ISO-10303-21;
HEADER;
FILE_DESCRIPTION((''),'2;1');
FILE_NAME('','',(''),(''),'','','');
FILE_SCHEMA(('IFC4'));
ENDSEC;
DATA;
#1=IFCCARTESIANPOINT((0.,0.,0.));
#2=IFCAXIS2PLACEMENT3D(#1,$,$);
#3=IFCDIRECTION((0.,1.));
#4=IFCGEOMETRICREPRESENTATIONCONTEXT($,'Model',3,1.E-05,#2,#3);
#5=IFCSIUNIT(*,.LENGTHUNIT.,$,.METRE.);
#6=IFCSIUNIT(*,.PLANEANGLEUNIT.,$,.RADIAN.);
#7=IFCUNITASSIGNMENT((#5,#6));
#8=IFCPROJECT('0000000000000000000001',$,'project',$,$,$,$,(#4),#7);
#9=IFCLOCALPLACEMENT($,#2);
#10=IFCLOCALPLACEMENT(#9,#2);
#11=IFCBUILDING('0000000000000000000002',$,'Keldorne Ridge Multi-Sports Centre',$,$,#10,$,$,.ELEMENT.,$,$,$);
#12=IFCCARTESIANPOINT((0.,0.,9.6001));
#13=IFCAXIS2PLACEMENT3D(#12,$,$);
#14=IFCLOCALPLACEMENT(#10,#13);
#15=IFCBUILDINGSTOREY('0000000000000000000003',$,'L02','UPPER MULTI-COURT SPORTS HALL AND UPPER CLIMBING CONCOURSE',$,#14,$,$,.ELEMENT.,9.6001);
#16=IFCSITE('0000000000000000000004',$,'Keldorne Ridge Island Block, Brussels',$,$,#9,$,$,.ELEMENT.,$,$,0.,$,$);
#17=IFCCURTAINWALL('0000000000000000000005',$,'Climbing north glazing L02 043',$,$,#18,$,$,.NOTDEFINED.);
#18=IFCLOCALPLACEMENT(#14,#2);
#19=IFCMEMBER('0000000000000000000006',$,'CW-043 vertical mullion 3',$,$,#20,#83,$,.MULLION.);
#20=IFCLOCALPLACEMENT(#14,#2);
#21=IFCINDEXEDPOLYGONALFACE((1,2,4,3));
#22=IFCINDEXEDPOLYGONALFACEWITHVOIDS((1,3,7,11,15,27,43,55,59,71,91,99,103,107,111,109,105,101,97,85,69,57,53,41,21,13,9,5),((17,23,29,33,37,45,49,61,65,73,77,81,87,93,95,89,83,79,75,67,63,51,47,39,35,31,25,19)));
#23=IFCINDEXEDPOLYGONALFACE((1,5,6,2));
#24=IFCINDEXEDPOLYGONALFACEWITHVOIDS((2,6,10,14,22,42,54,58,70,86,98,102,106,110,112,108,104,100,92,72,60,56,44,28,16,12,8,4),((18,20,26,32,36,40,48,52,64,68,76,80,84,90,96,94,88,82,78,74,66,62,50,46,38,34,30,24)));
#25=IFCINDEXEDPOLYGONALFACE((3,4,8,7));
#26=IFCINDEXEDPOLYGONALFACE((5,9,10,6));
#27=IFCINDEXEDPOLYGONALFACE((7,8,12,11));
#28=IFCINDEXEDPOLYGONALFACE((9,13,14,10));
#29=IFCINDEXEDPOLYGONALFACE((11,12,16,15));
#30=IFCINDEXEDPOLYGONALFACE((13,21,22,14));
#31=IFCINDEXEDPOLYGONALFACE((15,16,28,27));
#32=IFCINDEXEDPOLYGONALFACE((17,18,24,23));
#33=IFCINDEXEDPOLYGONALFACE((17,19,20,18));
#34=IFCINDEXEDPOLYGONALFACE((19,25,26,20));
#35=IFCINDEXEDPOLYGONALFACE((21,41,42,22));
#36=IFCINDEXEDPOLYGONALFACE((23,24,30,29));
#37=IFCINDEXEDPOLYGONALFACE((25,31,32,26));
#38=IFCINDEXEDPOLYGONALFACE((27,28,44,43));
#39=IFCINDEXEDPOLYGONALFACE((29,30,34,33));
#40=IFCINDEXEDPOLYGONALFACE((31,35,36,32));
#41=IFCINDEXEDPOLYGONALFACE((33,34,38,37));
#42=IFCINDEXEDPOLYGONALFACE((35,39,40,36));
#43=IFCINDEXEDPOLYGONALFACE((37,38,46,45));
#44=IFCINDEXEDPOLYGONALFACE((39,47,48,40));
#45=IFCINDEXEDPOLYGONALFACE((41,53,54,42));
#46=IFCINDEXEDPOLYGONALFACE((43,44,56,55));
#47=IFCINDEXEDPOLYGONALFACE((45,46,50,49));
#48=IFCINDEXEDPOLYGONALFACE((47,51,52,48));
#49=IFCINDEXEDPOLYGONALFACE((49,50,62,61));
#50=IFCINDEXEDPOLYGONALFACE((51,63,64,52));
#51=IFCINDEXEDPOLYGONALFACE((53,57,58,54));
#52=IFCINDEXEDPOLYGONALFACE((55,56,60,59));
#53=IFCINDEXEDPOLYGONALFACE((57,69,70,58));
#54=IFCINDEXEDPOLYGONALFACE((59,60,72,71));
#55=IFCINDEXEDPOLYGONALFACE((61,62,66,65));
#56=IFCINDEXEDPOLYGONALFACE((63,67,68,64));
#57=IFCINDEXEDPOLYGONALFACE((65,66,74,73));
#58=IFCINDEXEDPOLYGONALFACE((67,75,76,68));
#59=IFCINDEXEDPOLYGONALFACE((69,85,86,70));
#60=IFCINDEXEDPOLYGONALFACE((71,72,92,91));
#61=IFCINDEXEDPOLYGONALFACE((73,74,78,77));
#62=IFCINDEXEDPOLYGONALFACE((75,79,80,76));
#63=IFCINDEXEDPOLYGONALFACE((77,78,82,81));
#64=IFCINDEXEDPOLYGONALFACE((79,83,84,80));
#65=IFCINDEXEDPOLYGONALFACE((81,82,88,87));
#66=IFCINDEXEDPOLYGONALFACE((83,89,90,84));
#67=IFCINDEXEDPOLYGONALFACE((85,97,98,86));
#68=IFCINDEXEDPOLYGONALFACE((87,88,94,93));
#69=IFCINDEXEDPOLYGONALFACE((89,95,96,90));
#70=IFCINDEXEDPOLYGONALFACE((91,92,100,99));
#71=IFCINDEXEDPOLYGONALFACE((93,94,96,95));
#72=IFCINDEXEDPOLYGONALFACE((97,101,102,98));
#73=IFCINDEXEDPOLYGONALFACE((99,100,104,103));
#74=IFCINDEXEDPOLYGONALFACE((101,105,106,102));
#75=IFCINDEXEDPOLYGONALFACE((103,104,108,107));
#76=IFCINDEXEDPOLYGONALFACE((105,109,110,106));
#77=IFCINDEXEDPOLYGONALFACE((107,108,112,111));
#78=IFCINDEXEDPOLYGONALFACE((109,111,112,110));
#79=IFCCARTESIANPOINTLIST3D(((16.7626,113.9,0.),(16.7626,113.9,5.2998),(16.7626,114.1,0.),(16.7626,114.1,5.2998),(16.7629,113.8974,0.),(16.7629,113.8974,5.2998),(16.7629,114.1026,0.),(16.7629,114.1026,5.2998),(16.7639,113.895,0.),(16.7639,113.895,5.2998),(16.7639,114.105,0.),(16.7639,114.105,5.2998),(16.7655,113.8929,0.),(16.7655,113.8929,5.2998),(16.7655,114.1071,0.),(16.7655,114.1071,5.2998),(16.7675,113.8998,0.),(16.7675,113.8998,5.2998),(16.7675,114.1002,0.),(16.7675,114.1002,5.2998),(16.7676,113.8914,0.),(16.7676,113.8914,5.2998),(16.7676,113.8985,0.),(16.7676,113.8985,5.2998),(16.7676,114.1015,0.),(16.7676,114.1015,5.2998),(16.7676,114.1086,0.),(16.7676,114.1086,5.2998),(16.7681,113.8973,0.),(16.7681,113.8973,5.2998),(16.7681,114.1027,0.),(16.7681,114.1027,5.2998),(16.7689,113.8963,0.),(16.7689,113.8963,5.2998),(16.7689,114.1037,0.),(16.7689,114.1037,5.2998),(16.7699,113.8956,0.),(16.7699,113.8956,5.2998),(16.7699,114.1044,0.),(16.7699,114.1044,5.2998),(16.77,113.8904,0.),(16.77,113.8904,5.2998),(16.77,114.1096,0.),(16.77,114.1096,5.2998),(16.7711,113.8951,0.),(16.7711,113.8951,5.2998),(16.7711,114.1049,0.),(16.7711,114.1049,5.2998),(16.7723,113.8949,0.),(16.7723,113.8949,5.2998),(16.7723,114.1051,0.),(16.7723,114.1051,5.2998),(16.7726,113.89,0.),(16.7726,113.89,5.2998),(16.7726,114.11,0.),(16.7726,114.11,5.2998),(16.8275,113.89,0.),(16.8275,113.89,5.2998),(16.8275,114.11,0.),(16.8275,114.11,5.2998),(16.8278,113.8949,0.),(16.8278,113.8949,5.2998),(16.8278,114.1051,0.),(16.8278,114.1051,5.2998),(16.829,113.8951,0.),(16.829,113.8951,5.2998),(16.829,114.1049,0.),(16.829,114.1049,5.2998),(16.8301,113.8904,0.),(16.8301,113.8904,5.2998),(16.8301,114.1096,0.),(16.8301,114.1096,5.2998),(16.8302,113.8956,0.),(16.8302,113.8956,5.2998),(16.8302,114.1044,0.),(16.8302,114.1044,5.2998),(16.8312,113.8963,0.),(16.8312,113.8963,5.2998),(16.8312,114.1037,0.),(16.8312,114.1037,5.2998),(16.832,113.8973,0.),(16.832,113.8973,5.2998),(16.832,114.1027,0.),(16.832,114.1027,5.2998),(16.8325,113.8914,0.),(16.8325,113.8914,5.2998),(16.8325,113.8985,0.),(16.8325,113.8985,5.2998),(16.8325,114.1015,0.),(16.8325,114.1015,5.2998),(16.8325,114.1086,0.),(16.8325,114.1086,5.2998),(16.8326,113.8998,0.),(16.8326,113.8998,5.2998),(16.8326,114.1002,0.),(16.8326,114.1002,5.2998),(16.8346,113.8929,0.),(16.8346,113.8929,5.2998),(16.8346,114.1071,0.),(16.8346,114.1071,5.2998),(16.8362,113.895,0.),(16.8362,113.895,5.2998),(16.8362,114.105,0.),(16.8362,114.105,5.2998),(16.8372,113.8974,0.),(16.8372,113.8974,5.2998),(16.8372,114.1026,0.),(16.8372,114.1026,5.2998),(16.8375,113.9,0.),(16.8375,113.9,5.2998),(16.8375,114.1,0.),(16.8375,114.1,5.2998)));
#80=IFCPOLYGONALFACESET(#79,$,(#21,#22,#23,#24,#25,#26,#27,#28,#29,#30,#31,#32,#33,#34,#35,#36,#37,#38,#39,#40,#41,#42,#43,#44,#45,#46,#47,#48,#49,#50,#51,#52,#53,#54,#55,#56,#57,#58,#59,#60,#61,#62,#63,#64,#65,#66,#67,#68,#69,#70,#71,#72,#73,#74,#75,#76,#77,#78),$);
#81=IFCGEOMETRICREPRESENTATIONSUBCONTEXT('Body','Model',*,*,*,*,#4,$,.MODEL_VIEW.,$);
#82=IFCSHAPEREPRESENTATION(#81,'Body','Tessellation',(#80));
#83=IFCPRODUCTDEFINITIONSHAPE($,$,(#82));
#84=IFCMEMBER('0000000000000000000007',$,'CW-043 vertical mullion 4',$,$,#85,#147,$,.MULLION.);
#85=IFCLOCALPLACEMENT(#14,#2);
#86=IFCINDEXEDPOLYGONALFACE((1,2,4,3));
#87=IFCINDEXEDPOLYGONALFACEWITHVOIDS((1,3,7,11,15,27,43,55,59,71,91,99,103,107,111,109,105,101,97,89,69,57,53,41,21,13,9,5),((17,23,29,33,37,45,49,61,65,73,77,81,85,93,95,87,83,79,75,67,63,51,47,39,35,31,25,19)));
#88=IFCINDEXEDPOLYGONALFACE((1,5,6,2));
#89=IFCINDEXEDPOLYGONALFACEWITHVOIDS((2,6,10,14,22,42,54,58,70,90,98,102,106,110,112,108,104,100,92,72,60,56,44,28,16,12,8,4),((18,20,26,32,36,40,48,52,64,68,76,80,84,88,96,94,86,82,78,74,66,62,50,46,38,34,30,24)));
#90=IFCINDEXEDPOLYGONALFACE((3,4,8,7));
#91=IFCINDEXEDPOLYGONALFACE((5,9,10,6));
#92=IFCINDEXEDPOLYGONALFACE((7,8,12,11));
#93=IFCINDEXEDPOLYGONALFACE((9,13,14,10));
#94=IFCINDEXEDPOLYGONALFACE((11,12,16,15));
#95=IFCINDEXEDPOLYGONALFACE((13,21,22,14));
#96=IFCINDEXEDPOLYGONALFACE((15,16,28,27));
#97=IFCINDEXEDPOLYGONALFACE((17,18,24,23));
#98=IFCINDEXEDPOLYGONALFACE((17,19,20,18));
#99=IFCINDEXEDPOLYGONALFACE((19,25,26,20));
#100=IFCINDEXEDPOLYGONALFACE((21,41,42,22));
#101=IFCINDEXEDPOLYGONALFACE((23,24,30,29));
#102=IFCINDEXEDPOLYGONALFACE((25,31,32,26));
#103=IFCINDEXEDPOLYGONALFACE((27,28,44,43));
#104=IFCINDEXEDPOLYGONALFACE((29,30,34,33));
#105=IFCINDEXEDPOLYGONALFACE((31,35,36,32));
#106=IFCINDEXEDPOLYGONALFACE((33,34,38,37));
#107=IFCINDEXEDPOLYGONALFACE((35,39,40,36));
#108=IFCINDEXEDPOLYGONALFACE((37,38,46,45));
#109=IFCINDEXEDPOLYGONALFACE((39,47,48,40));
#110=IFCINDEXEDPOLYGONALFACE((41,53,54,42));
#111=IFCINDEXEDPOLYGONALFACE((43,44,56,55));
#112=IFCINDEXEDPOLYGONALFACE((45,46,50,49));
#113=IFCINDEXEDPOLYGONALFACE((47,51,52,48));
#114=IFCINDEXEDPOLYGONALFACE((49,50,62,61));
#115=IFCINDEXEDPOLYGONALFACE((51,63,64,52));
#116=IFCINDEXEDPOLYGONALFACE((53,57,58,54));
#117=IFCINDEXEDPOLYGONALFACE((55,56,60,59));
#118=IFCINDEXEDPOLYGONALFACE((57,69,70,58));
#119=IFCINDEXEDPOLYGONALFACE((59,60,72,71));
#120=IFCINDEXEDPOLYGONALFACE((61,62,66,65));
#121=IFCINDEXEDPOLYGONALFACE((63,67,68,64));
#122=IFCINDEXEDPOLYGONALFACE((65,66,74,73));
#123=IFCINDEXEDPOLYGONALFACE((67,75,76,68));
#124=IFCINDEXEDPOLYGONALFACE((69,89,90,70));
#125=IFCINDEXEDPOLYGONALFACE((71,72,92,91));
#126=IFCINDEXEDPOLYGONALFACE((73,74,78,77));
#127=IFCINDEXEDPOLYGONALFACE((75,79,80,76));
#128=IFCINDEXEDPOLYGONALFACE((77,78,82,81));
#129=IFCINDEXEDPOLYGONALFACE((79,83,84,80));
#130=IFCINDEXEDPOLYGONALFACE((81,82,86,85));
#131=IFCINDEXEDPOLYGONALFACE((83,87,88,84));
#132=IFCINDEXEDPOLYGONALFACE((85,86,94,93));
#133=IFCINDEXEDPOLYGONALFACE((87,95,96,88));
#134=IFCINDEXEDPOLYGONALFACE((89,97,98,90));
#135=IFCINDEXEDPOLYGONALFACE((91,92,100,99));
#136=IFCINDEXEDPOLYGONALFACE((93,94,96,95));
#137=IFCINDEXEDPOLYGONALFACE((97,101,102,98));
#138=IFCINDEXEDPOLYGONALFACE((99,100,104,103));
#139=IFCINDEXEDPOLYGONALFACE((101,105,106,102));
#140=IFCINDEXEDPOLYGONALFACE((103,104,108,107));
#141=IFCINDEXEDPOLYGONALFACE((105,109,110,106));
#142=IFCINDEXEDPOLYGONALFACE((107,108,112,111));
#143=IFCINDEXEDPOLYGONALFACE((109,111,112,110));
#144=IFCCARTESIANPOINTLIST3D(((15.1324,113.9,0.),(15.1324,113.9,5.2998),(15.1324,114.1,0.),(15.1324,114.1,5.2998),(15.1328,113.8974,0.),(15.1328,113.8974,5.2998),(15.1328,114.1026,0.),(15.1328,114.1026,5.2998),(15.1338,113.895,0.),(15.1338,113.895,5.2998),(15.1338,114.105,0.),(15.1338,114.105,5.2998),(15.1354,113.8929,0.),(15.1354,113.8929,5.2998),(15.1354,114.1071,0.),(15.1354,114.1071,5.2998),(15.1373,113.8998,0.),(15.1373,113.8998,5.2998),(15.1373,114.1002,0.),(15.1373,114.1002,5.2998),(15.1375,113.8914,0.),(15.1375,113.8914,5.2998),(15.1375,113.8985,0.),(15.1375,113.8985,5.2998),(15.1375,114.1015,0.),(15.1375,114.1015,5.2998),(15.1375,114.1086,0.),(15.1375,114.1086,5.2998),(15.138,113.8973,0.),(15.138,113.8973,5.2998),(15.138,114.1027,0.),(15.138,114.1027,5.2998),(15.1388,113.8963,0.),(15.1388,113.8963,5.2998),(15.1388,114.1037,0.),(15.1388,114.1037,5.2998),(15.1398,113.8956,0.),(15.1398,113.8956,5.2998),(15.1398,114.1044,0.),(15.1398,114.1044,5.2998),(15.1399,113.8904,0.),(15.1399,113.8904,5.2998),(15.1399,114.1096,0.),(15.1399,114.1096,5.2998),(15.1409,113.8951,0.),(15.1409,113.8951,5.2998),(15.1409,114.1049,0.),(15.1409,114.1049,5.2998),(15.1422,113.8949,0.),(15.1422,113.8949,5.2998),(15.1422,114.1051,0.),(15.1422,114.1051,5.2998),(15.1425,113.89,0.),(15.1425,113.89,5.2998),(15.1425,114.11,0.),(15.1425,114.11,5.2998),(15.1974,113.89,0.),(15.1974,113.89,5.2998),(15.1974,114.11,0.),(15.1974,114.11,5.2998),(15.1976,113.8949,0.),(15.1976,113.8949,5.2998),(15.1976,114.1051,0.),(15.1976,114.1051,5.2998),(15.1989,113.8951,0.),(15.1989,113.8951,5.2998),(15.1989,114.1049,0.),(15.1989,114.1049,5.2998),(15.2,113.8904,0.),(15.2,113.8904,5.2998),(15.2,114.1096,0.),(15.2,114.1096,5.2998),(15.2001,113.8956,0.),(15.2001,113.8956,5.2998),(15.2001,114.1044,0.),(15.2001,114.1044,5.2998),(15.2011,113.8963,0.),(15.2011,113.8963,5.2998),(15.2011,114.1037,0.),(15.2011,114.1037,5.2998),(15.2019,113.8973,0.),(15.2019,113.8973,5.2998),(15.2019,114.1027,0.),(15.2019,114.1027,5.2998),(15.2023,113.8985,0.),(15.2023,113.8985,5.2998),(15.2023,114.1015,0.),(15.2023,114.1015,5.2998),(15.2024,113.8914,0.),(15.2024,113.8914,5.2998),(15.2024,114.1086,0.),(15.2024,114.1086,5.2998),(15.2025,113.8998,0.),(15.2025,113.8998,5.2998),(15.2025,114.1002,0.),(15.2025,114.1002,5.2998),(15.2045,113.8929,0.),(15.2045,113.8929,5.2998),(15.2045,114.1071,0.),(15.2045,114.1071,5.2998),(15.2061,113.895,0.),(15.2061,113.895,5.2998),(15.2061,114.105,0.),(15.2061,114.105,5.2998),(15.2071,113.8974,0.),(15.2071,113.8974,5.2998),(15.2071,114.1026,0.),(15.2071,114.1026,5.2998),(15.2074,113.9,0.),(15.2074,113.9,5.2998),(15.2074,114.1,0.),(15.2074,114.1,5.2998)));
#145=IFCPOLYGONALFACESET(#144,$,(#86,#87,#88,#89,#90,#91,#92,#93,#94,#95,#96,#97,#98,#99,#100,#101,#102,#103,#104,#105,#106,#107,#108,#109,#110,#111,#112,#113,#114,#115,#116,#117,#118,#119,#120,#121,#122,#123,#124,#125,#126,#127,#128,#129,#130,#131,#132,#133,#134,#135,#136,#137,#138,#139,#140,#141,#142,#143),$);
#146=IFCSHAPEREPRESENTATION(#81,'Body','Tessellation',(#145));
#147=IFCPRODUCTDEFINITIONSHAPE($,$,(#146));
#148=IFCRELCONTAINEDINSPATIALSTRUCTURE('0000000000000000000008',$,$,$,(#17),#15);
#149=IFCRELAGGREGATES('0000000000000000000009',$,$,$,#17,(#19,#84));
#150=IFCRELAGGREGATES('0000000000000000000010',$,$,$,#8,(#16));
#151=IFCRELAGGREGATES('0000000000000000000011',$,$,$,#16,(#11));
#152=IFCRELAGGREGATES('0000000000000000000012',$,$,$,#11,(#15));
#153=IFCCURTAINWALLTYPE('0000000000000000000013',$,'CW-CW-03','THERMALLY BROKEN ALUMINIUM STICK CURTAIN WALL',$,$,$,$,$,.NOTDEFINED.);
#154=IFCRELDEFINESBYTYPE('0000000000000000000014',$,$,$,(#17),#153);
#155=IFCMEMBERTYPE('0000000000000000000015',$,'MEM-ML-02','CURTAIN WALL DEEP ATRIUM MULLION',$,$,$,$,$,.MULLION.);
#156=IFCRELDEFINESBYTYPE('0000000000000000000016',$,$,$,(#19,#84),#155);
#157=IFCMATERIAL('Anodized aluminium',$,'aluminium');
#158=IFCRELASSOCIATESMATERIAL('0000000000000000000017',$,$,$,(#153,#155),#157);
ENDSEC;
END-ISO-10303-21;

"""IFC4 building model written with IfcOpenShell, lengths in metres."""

from ifc_helpers import new_model, si_unit, direction, frame, origin, origin_2d, place, context, subcontext, project, spatial, hollow_rectangle, extrude, material, material_profile, profile_set, type_object, element, aggregate, save


model = new_model("IFC4")

# Units and contexts
model_context = context("Model", 3, precision=1e-05, world=origin(), true_north=direction((0.0, 1.0)))
body_context = subcontext(model_context, "Body", "Model", "MODEL_VIEW")
ifc_project = project(units=[si_unit("LENGTHUNIT", "METRE"), si_unit("PLANEANGLEUNIT", "RADIAN")], contexts=[model_context])

# Site, building, storey
site_placement = place(None, origin())
site = spatial("IfcSite", under=ifc_project, at=site_placement, Name="Keldorne Ridge Island Block, Brussels", CompositionType="ELEMENT", RefElevation=0.0)
building_placement = place(site_placement, origin())
building = spatial("IfcBuilding", under=site, at=building_placement, Name="Keldorne Ridge Multi-Sports Centre", CompositionType="ELEMENT")
storey_placement = place(building_placement, frame((0.0, 0.0, 9.6001)))
storey = spatial("IfcBuildingStorey", under=building, at=storey_placement, Name="L02", Description="UPPER MULTI-COURT SPORTS HALL AND UPPER CLIMBING CONCOURSE", CompositionType="ELEMENT", Elevation=9.6001)

# Curtain wall, members
ifc_material_1 = material(Name="Anodized aluminium", Category="aluminium")
curtain_wall_type = type_object("IfcCurtainWallType", Name="CW-CW-03", Description="THERMALLY BROKEN ALUMINIUM STICK CURTAIN WALL", PredefinedType="NOTDEFINED", material=ifc_material_1)
curtain_wall_placement = place(storey_placement, origin())
curtain_wall = element("IfcCurtainWall", 1, at=curtain_wall_placement, inside=storey, type_object=curtain_wall_type, Name="Climbing north glazing L02 043", PredefinedType="NOTDEFINED")
ifc_material_profile_1 = material_profile(ifc_material_1, hollow_rectangle(XDim=0.075, YDim=0.22, WallThickness=0.0049, InnerFilletRadius=0.0049, OuterFilletRadius=0.01, at=origin_2d()), Name="ALU MULLION 220x75x5")
ifc_profile_set_1 = profile_set([ifc_material_profile_1], Name="Anodized aluminium")
member_type_1 = type_object("IfcMemberType", Name="MEM-ML-02", Description="CURTAIN WALL DEEP ATRIUM MULLION", PredefinedType="MULLION", material=ifc_profile_set_1)
member_1_placement = place(storey_placement, frame((16.8, 114.0, 0.0), z_axis=(0.0, 0.0, 1.0), x_axis=(1.0, 0.0, 0.0)))
member_1 = element("IfcMember", 2, at=member_1_placement, type_object=member_type_1, Name="CW-043 vertical mullion 3", PredefinedType="MULLION", context=body_context, shape_type="SweptSolid", body=[
    extrude(hollow_rectangle(XDim=0.075, YDim=0.22, WallThickness=0.0049, InnerFilletRadius=0.0049, OuterFilletRadius=0.01, at=origin_2d()), origin(), (0.0, 0.0, 1.0), 5.2998),
])
member_2_placement = place(storey_placement, frame((15.1699, 114.0, 0.0), z_axis=(0.0, 0.0, 1.0), x_axis=(1.0, 0.0, 0.0)))
member_2 = element("IfcMember", 3, at=member_2_placement, type_object=member_type_1, Name="CW-043 vertical mullion 4", PredefinedType="MULLION", context=body_context, shape_type="SweptSolid", body=[
    extrude(hollow_rectangle(XDim=0.075, YDim=0.22, WallThickness=0.0049, InnerFilletRadius=0.0049, OuterFilletRadius=0.01, at=origin_2d()), origin(), (0.0, 0.0, 1.0), 5.2998),
])

aggregate(curtain_wall, [member_1, member_2])

save(model, "model.ifc")
